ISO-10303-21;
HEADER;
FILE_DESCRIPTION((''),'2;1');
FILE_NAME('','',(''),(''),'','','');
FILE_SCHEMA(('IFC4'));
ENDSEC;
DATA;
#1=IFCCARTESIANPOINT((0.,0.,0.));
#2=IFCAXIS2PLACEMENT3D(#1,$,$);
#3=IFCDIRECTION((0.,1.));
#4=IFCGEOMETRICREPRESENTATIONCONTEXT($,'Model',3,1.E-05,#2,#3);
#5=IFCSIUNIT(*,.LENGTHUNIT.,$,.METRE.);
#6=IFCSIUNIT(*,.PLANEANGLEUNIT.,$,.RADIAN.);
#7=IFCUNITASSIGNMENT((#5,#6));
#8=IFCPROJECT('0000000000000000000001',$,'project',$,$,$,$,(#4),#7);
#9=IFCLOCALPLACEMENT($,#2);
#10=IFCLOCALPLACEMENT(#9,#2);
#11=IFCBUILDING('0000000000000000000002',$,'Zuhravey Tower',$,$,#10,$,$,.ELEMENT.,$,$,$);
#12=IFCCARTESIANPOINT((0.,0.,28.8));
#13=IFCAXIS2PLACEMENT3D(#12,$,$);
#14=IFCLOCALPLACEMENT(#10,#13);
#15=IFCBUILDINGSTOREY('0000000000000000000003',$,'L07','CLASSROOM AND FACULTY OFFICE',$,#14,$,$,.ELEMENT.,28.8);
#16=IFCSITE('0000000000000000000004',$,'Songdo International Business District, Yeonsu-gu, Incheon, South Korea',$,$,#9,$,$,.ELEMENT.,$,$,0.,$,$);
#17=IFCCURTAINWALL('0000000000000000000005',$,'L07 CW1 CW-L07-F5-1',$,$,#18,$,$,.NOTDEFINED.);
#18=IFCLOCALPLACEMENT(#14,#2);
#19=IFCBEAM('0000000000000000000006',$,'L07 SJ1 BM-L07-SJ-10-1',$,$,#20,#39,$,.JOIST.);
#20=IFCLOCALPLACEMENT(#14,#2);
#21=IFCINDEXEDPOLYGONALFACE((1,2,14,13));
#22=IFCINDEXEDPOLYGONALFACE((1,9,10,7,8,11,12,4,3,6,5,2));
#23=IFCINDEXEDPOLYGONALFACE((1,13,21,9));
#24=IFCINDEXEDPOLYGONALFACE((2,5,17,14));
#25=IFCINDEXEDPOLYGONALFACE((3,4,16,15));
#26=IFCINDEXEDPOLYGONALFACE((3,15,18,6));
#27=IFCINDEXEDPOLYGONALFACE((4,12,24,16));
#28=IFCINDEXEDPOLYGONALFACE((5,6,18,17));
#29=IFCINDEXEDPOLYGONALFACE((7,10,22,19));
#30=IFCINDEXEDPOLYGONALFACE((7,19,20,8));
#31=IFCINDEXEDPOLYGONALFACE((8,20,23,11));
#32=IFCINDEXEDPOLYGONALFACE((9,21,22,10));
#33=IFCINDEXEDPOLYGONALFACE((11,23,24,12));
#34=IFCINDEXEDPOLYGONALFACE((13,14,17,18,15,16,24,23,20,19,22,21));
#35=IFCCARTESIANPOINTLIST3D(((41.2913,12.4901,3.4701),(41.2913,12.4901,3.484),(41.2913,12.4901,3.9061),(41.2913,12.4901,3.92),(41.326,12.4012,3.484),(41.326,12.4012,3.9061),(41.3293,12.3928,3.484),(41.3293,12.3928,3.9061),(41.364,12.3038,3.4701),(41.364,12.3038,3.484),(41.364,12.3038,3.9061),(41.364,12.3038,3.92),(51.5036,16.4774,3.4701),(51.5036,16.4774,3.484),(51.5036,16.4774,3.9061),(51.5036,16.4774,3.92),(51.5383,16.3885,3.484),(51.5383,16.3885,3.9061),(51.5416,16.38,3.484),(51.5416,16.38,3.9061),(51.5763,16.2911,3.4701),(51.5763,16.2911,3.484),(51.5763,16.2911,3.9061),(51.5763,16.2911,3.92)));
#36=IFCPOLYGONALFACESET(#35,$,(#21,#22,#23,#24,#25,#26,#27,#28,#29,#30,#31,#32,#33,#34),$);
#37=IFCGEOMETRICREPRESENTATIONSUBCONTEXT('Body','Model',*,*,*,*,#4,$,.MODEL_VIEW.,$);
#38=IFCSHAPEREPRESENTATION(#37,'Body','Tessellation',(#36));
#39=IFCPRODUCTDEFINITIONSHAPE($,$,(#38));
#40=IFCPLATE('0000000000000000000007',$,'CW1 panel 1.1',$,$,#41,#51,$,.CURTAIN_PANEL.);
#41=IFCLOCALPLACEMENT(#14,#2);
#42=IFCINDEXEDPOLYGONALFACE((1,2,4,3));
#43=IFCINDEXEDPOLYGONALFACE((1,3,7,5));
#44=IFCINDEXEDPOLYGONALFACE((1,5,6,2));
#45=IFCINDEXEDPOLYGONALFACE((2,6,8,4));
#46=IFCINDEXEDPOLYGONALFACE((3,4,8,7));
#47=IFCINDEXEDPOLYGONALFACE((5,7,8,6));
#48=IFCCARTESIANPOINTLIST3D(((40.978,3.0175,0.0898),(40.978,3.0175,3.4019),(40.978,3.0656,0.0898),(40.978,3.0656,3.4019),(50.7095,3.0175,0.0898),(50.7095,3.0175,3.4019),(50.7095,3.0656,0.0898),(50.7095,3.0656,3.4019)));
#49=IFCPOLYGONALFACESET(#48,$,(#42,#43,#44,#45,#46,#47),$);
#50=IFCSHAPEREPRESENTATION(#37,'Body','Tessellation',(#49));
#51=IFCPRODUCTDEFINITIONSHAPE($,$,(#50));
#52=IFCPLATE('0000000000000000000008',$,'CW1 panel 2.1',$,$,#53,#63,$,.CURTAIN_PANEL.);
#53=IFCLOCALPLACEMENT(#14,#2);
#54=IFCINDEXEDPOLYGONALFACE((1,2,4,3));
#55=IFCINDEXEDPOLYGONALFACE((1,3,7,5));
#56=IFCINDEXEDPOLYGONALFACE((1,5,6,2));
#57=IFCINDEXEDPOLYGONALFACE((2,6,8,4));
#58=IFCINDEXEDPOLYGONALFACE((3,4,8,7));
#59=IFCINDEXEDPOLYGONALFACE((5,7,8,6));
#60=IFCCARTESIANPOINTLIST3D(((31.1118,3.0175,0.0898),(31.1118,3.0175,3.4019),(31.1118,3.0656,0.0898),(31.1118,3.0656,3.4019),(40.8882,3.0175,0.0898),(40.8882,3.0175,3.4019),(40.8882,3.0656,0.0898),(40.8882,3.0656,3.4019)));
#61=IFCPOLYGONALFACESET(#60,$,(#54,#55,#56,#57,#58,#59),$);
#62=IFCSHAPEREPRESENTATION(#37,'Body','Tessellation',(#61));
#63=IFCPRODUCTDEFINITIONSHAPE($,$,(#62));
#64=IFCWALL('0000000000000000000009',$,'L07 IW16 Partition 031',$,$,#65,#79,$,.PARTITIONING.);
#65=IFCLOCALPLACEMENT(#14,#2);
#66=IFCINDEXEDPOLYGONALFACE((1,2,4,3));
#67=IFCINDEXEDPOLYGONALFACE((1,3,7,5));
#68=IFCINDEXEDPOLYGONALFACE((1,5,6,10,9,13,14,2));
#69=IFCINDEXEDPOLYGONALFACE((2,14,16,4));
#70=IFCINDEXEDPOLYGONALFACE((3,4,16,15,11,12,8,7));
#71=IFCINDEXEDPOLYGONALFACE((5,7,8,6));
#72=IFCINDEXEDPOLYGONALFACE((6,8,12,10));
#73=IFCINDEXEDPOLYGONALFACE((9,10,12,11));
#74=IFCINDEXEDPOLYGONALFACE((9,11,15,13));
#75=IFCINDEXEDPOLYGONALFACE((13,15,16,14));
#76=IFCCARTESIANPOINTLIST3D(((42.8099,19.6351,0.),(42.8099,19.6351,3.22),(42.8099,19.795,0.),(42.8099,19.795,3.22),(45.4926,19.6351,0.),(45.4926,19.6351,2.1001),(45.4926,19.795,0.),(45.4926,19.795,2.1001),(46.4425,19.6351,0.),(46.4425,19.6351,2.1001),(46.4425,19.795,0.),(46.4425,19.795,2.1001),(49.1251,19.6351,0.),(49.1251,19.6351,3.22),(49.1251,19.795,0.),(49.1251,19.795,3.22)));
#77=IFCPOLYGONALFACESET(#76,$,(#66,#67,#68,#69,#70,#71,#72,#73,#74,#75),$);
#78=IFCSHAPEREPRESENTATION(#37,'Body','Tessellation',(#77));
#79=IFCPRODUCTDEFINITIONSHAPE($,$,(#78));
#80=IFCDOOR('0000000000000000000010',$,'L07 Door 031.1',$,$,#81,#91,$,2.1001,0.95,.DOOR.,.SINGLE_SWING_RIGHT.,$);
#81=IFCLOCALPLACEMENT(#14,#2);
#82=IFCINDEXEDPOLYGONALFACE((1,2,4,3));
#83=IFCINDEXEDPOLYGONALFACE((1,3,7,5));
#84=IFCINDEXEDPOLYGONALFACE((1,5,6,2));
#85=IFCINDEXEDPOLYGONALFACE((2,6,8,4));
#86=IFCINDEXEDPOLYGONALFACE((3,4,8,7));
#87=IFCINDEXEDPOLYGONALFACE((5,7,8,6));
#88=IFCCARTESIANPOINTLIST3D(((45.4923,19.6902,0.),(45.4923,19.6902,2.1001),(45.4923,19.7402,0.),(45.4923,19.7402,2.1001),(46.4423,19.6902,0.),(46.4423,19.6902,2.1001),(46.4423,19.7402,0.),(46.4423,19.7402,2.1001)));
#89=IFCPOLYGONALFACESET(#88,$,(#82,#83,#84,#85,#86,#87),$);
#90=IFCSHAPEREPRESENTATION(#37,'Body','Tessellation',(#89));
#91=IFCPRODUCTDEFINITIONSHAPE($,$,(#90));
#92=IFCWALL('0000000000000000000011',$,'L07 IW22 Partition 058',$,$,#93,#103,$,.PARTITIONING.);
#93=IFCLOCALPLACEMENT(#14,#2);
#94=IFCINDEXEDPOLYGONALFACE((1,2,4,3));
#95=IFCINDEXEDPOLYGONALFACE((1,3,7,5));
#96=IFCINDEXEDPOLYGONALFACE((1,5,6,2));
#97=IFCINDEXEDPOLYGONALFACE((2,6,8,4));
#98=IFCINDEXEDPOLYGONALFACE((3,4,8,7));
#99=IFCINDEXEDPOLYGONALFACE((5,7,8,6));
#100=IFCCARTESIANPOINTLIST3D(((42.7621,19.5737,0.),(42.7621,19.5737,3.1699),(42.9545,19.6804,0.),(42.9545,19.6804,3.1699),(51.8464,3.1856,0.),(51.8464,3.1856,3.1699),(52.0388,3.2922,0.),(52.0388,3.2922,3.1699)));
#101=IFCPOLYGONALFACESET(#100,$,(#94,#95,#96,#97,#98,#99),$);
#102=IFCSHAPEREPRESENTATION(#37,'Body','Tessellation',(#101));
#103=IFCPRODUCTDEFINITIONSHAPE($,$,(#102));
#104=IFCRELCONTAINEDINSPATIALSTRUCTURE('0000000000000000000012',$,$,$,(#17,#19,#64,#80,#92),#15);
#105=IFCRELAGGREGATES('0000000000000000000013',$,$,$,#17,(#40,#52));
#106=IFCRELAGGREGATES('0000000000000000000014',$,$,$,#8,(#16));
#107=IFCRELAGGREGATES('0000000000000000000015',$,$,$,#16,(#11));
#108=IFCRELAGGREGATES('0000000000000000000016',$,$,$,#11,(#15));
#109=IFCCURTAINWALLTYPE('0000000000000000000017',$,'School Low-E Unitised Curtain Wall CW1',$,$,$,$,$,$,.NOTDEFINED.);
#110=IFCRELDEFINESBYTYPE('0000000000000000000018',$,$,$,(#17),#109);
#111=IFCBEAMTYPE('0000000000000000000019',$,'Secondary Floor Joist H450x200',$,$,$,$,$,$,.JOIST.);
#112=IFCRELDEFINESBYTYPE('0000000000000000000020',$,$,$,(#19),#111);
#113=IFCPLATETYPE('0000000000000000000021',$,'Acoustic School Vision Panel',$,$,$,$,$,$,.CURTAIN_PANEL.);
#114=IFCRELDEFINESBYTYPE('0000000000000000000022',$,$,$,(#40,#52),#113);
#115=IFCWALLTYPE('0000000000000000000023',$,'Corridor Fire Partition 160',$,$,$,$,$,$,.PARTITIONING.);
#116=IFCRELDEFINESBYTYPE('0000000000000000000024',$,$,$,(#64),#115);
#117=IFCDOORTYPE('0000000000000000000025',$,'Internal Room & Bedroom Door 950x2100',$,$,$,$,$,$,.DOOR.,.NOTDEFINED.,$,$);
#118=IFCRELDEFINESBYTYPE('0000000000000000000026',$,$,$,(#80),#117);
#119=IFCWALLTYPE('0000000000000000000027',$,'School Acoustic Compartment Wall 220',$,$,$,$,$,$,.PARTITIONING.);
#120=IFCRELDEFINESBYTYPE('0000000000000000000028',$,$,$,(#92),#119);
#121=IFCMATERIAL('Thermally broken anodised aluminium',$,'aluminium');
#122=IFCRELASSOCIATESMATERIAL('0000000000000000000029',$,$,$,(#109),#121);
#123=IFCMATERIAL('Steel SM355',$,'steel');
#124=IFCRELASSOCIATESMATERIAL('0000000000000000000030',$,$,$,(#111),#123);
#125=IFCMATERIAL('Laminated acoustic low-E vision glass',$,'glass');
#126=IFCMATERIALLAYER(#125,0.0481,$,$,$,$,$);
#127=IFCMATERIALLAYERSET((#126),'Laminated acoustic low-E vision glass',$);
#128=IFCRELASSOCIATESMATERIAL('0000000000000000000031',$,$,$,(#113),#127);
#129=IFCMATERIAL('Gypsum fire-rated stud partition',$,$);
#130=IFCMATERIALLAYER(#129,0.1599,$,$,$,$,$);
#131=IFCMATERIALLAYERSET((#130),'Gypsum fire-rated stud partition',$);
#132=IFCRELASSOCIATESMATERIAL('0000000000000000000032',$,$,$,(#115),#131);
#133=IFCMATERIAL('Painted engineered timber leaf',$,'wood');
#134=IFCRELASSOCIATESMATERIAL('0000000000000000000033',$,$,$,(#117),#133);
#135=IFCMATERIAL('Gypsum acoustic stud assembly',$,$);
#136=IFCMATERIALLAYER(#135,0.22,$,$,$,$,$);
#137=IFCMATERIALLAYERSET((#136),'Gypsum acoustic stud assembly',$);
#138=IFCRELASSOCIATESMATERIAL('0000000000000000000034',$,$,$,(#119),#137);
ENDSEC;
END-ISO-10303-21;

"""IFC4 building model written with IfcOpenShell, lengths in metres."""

from ifc_helpers import new_model, si_unit, direction, frame, frame_2d, origin, origin_2d, place, context, subcontext, project, spatial, rectangle, i_section, extrude, material, layer, layer_set, material_profile, profile_set, type_object, element, fill, aggregate, save


model = new_model("IFC4")

# Units and contexts
model_context = context("Model", 3, precision=1e-05, world=origin(), true_north=direction((0.0, 1.0)))
body_context = subcontext(model_context, "Body", "Model", "MODEL_VIEW")
ifc_project = project(units=[si_unit("LENGTHUNIT", "METRE"), si_unit("PLANEANGLEUNIT", "RADIAN")], contexts=[model_context])

# Site, building, storey
site_placement = place(None, origin())
site = spatial("IfcSite", under=ifc_project, at=site_placement, Name="Songdo International Business District, Yeonsu-gu, Incheon, South Korea", CompositionType="ELEMENT", RefElevation=0.0)
building_placement = place(site_placement, origin())
building = spatial("IfcBuilding", under=site, at=building_placement, Name="Zuhravey Tower", CompositionType="ELEMENT")
storey_placement = place(building_placement, frame((0.0, 0.0, 28.8)))
storey = spatial("IfcBuildingStorey", under=building, at=storey_placement, Name="L07", Description="CLASSROOM AND FACULTY OFFICE", CompositionType="ELEMENT", Elevation=28.8)

# Curtain wall
ifc_material_1 = material(Name="Thermally broken anodised aluminium", Category="aluminium")
curtain_wall_type = type_object("IfcCurtainWallType", Name="School Low-E Unitised Curtain Wall CW1", PredefinedType="NOTDEFINED", material=ifc_material_1)
curtain_wall_placement = place(storey_placement, origin())
curtain_wall = element("IfcCurtainWall", 1, at=curtain_wall_placement, inside=storey, type_object=curtain_wall_type, Name="L07 CW1 CW-L07-F5-1", PredefinedType="NOTDEFINED")

# Beam
ifc_material_2 = material(Name="Steel SM355", Category="steel")
ifc_material_profile_1 = material_profile(ifc_material_2, i_section(OverallWidth=0.2, OverallDepth=0.45, WebThickness=0.009, FlangeThickness=0.0139, at=origin_2d()), Name="H-450x200x9x14")
ifc_profile_set_1 = profile_set([ifc_material_profile_1], Name="Steel SM355")
beam_type_1 = type_object("IfcBeamType", Name="Secondary Floor Joist H450x200", PredefinedType="JOIST", material=ifc_profile_set_1)
beam_1_placement = place(storey_placement, frame((41.3276, 12.397, 3.6951), z_axis=(0.931517, 0.363699, 0.0), x_axis=(-0.363699, 0.931517, 0.0)))
element("IfcBeam", 2, at=beam_1_placement, inside=storey, type_object=beam_type_1, Name="L07 SJ1 BM-L07-SJ-10-1", PredefinedType="JOIST", context=body_context, shape_type="SweptSolid", body=[
    extrude(i_section(OverallWidth=0.2, OverallDepth=0.45, WebThickness=0.009, FlangeThickness=0.0139, at=origin_2d()), origin(), (0.0, 0.0, 1.0), 10.9631),
])

# Plates
ifc_material_3 = material(Name="Laminated acoustic low-E vision glass", Category="glass")
ifc_layer_1 = layer(ifc_material_3, 0.0481)
ifc_layer_set_1 = layer_set([ifc_layer_1], Name="Laminated acoustic low-E vision glass")
plate_type = type_object("IfcPlateType", Name="Acoustic School Vision Panel", PredefinedType="CURTAIN_PANEL", material=ifc_layer_set_1)
plate_1_placement = place(storey_placement, frame((45.8438, 3.0415, 0.0898), z_axis=(0.0, 0.0, 1.0), x_axis=(-1.0, 0.0, 0.0)))
plate_1 = element("IfcPlate", 3, at=plate_1_placement, type_object=plate_type, Name="CW1 panel 1.1", PredefinedType="CURTAIN_PANEL", context=body_context, shape_type="SweptSolid", body=[
    extrude(rectangle(XDim=9.7314, YDim=0.0481, at=origin_2d()), origin(), (0.0, 0.0, 1.0), 3.312),
])
plate_2_placement = place(storey_placement, frame((36.0, 3.0415, 0.0898), z_axis=(0.0, 0.0, 1.0), x_axis=(-1.0, 0.0, 0.0)))
plate_2 = element("IfcPlate", 4, at=plate_2_placement, type_object=plate_type, Name="CW1 panel 2.1", PredefinedType="CURTAIN_PANEL", context=body_context, shape_type="SweptSolid", body=[
    extrude(rectangle(XDim=9.7764, YDim=0.0481, at=origin_2d()), origin(), (0.0, 0.0, 1.0), 3.312),
])
aggregate(curtain_wall, [plate_1, plate_2])

# Wall, opening, door
ifc_material_4 = material(Name="Gypsum fire-rated stud partition")
ifc_layer_2 = layer(ifc_material_4, 0.1599)
ifc_layer_set_2 = layer_set([ifc_layer_2], Name="Gypsum fire-rated stud partition")
wall_type_1 = type_object("IfcWallType", Name="Corridor Fire Partition 160", PredefinedType="PARTITIONING", material=ifc_layer_set_2)
wall_1_placement = place(storey_placement, frame((42.8098, 19.7151, 0.0), z_axis=(0.0, 0.0, 1.0), x_axis=(1.0, 0.0, 0.0)))
wall_1 = element("IfcWall", 5, at=wall_1_placement, inside=storey, type_object=wall_type_1, Name="L07 IW16 Partition 031", PredefinedType="PARTITIONING", context=body_context, shape_type="SweptSolid", body=[
    extrude(rectangle(XDim=6.3152, YDim=0.1599, at=frame_2d((3.1577, 0.0))), origin(), (0.0, 0.0, 1.0), 3.22),
])
opening_1_placement = place(wall_1_placement, frame((2.6826, 0.0, 0.0)))
opening_1 = element("IfcOpeningElement", 6, at=opening_1_placement, cuts=wall_1, PredefinedType="OPENING", context=body_context, shape_type="SweptSolid", body=[
    extrude(rectangle(XDim=0.95, YDim=2.1001, at=frame_2d((0.4751, 1.05))), frame((0.0, 0.092, 0.0), z_axis=(0.0, -1.0, 0.0), x_axis=(1.0, 0.0, 0.0)), (0.0, 0.0, 1.0), 0.1838),
])
ifc_material_5 = material(Name="Painted engineered timber leaf", Category="wood")
door_type_1 = type_object("IfcDoorType", Name="Internal Room & Bedroom Door 950x2100", OperationType="NOTDEFINED", PredefinedType="DOOR", material=ifc_material_5)
door_1_placement = place(opening_1_placement, frame((0.95, 0.0, 0.0), z_axis=(0.0, 0.0, 1.0), x_axis=(-1.0, 0.0, 0.0)))
door_1 = element("IfcDoor", 7, at=door_1_placement, inside=storey, type_object=door_type_1, Name="L07 Door 031.1", OperationType="SINGLE_SWING_RIGHT", OverallHeight=2.1001, OverallWidth=0.95, PredefinedType="DOOR", context=body_context, shape_type="SweptSolid", body=[
    extrude(rectangle(XDim=0.95, YDim=2.1001, at=frame_2d((0.4751, 1.05))), frame((0.0, 0.0249, 0.0), z_axis=(0.0, -1.0, 0.0), x_axis=(1.0, 0.0, 0.0)), (0.0, 0.0, 1.0), 0.05),
])
fill(opening_1, door_1)

# Wall
ifc_material_6 = material(Name="Gypsum acoustic stud assembly")
ifc_layer_3 = layer(ifc_material_6, 0.22)
ifc_layer_set_3 = layer_set([ifc_layer_3], Name="Gypsum acoustic stud assembly")
wall_type_2 = type_object("IfcWallType", Name="School Acoustic Compartment Wall 220", PredefinedType="PARTITIONING", material=ifc_layer_set_3)
wall_2_placement = place(storey_placement, frame((42.8584, 19.627, 0.0), z_axis=(0.0, 0.0, 1.0), x_axis=(0.484814, -0.874617, 0.0)))
element("IfcWall", 8, at=wall_2_placement, inside=storey, type_object=wall_type_2, Name="L07 IW22 Partition 058", PredefinedType="PARTITIONING", context=body_context, shape_type="SweptSolid", body=[
    extrude(rectangle(XDim=18.7375, YDim=0.22, at=frame_2d((9.3687, 0.0))), origin(), (0.0, 0.0, 1.0), 3.1699),
])

save(model, "model.ifc")
